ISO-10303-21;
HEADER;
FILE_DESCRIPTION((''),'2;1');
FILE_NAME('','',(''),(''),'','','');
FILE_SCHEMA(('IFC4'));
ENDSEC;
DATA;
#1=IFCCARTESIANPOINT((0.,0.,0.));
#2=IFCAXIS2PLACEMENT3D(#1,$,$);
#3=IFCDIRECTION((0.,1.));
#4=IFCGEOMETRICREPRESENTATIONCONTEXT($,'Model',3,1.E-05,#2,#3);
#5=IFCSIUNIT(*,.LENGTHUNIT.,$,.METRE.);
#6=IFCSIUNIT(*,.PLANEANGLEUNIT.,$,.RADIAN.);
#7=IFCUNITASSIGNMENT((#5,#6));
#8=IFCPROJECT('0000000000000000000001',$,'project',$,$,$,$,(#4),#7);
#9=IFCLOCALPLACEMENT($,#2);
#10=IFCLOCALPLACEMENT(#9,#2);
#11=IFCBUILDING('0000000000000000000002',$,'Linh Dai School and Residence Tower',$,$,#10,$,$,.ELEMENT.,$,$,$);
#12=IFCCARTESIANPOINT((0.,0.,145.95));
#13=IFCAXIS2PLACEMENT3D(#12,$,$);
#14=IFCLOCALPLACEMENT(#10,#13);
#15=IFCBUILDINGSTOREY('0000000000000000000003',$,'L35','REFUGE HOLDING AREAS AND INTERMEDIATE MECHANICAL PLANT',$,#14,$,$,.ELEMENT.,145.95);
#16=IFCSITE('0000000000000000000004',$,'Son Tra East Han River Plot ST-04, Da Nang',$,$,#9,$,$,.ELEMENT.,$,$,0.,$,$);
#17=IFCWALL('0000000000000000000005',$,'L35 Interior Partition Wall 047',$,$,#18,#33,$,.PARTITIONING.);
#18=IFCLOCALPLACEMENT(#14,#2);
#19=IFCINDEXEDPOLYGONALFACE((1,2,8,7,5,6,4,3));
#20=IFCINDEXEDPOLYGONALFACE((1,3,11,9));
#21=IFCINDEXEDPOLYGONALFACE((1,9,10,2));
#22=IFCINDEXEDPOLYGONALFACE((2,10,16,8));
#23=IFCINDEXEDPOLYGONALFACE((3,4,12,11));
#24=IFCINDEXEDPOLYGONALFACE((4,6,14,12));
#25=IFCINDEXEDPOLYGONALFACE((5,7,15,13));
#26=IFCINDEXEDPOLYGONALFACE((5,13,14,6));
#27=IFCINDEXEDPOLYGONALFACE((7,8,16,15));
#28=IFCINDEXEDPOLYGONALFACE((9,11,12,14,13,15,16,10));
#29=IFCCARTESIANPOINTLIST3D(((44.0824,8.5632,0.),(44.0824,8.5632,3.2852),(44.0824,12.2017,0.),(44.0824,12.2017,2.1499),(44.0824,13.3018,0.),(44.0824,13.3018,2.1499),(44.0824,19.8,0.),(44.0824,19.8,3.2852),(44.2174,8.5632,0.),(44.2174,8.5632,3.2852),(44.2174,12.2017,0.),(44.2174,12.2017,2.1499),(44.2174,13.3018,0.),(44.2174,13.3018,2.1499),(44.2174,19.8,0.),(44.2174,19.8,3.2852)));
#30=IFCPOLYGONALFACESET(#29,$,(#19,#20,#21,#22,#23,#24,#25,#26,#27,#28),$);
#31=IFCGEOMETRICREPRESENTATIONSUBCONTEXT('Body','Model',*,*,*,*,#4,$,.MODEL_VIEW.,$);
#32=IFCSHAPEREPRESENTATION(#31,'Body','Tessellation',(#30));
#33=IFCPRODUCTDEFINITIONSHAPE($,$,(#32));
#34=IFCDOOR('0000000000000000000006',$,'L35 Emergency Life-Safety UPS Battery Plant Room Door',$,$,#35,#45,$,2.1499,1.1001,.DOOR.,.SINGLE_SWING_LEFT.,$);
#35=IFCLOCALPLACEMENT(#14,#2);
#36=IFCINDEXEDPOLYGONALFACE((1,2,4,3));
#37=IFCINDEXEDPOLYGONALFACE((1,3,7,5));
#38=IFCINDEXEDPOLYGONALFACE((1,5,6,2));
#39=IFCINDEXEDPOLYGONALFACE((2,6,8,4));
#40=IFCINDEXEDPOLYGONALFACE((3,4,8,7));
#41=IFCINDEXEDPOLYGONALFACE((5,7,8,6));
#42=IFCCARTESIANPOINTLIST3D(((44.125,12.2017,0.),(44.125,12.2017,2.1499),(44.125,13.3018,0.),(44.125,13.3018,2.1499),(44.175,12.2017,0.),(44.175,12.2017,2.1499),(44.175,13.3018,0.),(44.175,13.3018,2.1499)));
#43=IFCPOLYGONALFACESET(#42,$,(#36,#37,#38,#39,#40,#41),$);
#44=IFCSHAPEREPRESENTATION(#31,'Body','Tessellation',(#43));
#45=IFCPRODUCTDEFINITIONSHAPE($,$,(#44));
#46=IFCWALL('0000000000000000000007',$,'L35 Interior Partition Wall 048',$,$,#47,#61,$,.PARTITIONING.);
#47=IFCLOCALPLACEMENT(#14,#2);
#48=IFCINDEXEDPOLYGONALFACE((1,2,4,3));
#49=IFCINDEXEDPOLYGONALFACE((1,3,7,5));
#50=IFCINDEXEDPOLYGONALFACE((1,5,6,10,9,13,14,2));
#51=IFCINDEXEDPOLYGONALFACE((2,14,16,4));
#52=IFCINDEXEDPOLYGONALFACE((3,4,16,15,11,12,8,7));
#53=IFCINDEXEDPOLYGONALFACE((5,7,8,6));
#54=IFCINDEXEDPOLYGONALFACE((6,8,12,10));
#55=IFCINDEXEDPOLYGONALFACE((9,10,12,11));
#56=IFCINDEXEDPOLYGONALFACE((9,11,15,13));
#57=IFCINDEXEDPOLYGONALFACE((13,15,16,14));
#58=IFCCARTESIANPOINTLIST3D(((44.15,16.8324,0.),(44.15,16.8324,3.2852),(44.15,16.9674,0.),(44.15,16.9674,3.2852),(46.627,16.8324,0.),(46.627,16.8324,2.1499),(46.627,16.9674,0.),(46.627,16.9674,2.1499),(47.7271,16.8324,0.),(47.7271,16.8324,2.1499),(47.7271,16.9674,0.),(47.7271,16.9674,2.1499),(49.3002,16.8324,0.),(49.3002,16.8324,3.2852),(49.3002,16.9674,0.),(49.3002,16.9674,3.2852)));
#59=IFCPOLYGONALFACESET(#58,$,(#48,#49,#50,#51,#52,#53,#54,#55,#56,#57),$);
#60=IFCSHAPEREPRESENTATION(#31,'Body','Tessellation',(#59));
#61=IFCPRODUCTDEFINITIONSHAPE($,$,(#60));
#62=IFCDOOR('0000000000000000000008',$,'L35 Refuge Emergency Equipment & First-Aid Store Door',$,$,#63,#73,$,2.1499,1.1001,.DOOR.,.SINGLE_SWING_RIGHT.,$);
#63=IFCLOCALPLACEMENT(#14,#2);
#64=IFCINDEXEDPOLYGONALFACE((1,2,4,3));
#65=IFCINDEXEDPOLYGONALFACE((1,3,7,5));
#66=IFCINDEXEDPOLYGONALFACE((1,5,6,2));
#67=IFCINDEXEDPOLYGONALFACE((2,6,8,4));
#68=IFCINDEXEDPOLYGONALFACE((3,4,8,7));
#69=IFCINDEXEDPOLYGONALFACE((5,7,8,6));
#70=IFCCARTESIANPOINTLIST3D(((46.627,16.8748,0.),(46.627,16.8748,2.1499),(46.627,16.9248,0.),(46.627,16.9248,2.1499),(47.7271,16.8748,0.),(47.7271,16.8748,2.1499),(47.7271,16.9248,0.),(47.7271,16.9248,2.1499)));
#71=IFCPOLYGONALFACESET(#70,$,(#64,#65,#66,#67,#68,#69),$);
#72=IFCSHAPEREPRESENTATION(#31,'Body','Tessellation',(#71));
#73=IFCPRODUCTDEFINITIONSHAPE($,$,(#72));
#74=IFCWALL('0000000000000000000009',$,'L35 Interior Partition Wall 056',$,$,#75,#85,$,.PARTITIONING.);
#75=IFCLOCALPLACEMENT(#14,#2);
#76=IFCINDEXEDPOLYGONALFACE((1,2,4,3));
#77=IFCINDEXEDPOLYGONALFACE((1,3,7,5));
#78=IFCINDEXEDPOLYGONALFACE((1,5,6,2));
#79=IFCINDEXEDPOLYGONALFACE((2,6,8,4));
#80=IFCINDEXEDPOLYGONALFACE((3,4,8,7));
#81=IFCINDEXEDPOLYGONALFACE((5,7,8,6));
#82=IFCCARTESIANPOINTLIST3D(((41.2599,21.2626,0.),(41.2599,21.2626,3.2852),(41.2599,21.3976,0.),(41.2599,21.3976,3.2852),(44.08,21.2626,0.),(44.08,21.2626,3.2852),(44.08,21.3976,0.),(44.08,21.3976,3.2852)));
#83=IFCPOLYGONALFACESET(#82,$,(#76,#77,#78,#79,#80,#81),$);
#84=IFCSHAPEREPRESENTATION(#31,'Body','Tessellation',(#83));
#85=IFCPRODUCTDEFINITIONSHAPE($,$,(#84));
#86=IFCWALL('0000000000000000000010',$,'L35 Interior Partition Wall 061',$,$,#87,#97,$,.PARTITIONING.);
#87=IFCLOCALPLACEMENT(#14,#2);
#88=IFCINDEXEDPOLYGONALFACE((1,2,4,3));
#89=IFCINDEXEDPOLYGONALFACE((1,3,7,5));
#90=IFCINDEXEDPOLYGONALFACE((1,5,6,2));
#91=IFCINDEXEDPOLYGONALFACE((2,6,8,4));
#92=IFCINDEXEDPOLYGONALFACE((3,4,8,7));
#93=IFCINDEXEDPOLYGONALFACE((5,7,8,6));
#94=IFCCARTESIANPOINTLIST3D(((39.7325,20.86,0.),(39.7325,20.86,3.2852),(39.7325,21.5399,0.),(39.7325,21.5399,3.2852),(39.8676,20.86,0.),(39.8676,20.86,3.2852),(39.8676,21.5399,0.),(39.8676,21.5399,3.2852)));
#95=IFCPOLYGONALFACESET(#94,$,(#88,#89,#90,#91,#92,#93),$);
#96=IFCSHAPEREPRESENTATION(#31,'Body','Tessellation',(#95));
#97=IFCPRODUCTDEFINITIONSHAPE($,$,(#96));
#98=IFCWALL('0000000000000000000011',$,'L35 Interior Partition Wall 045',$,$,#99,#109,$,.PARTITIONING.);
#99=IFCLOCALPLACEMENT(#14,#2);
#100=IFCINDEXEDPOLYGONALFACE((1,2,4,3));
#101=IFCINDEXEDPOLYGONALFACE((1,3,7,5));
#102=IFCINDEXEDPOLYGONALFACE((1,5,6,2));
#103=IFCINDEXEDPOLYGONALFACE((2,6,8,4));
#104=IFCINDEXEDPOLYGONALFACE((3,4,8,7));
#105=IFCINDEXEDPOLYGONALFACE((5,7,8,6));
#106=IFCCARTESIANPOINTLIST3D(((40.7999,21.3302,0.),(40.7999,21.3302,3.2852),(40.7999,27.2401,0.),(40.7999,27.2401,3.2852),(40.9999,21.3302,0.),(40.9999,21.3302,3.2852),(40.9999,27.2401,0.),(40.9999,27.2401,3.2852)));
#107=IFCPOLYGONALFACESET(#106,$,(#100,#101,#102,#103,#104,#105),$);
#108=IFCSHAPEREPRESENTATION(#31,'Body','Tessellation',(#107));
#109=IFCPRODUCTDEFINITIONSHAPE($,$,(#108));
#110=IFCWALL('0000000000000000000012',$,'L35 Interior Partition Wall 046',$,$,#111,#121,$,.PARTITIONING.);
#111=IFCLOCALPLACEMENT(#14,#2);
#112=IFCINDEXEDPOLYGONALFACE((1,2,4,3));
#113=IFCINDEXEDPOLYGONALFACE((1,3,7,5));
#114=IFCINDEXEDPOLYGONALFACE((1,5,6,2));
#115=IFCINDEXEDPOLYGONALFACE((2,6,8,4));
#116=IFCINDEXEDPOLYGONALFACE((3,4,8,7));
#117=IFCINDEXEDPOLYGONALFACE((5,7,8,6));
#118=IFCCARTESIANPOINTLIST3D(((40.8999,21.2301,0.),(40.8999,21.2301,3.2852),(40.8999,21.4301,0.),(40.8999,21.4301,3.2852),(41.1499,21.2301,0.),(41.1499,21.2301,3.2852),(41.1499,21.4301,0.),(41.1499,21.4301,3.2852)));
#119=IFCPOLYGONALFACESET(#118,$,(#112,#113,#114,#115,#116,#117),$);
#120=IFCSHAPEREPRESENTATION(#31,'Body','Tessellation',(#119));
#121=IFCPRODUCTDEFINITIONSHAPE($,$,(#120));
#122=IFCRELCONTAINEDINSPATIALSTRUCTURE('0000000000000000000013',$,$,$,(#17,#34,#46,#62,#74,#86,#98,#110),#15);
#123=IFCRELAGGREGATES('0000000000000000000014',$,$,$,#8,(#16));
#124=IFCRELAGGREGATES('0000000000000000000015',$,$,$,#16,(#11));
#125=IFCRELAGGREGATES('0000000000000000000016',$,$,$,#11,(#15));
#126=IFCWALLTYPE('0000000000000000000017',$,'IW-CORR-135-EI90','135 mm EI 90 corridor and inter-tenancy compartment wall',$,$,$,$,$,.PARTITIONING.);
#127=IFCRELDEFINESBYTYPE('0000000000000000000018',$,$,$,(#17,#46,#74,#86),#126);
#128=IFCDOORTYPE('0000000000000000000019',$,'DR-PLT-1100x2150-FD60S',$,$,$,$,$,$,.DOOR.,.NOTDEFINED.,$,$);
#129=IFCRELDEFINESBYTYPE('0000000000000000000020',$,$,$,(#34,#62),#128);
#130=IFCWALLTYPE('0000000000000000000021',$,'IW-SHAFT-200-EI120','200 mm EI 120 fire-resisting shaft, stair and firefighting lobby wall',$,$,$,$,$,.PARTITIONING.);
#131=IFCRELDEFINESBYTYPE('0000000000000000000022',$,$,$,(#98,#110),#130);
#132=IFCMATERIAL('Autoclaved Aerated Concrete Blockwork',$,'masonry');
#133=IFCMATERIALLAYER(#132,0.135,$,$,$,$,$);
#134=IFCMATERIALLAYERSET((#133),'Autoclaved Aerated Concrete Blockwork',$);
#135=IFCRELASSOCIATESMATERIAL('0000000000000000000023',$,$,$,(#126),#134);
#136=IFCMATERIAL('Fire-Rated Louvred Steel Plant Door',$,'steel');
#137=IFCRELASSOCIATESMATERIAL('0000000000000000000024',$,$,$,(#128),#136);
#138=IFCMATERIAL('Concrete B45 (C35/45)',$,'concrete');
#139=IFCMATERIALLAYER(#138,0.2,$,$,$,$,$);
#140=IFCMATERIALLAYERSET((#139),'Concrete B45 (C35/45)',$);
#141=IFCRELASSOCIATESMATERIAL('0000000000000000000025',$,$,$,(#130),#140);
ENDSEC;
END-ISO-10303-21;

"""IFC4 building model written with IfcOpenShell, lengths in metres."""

from ifc_helpers import new_model, si_unit, direction, frame, frame_2d, origin, origin_2d, place, context, subcontext, project, spatial, rectangle, extrude, source, transform, mapped, material, layer, layer_set, type_object, element, fill, save


model = new_model("IFC4")

# Units and contexts
model_context = context("Model", 3, precision=1e-05, world=origin(), true_north=direction((0.0, 1.0)))
body_context = subcontext(model_context, "Body", "Model", "MODEL_VIEW")
ifc_project = project(units=[si_unit("LENGTHUNIT", "METRE"), si_unit("PLANEANGLEUNIT", "RADIAN")], contexts=[model_context])

# Site, building, storey
site_placement = place(None, origin())
site = spatial("IfcSite", under=ifc_project, at=site_placement, Name="Son Tra East Han River Plot ST-04, Da Nang", CompositionType="ELEMENT", RefElevation=0.0)
building_placement = place(site_placement, origin())
building = spatial("IfcBuilding", under=site, at=building_placement, Name="Linh Dai School and Residence Tower", CompositionType="ELEMENT")
storey_placement = place(building_placement, frame((0.0, 0.0, 145.95)))
storey = spatial("IfcBuildingStorey", under=building, at=storey_placement, Name="L35", Description="REFUGE HOLDING AREAS AND INTERMEDIATE MECHANICAL PLANT", CompositionType="ELEMENT", Elevation=145.95)

# Walls, openings, doors
ifc_material_1 = material(Name="Autoclaved Aerated Concrete Blockwork", Category="masonry")
ifc_layer_1 = layer(ifc_material_1, 0.135)
ifc_layer_set_1 = layer_set([ifc_layer_1], Name="Autoclaved Aerated Concrete Blockwork")
wall_type_1 = type_object("IfcWallType", Name="IW-CORR-135-EI90", Description="135 mm EI 90 corridor and inter-tenancy compartment wall", PredefinedType="PARTITIONING", material=ifc_layer_set_1)
wall_1_placement = place(storey_placement, frame((44.1499, 8.5632, 0.0), z_axis=(0.0, 0.0, 1.0), x_axis=(0.0, 1.0, 0.0)))
wall_1 = element("IfcWall", 1, at=wall_1_placement, inside=storey, type_object=wall_type_1, Name="L35 Interior Partition Wall 047", PredefinedType="PARTITIONING", context=body_context, shape_type="SweptSolid", body=[
    extrude(rectangle(XDim=11.2368, YDim=0.135, at=frame_2d((5.6184, 0.0))), origin(), (0.0, 0.0, 1.0), 3.2852),
])
opening_1_placement = place(wall_1_placement, frame((3.6384, 0.0, 0.0)))
opening_1 = element("IfcOpeningElement", 2, at=opening_1_placement, cuts=wall_1, PredefinedType="OPENING", context=body_context, shape_type="SweptSolid", body=[
    extrude(rectangle(XDim=1.1001, YDim=2.1499, at=origin_2d()), frame((0.55, 0.0776, 1.075), z_axis=(0.0, -1.0, 0.0), x_axis=(1.0, 0.0, 0.0)), (0.0, 0.0, 1.0), 0.155),
])
ifc_material_2 = material(Name="Fire-Rated Louvred Steel Plant Door", Category="steel")
door_type_1 = type_object("IfcDoorType", Name="DR-PLT-1100x2150-FD60S", OperationType="NOTDEFINED", PredefinedType="DOOR", material=ifc_material_2)
shared_shape_1 = source(origin(), body_context, "Body", "SweptSolid", [
    extrude(rectangle(XDim=1.1001, YDim=2.1499, at=origin_2d()), frame((0.55, 0.0249, 1.075), z_axis=(0.0, -1.0, 0.0), x_axis=(1.0, 0.0, 0.0)), (0.0, 0.0, 1.0), 0.05),
])
door_1_placement = place(opening_1_placement, origin())
door_1 = element("IfcDoor", 3, at=door_1_placement, inside=storey, type_object=door_type_1, Name="L35 Emergency Life-Safety UPS Battery Plant Room Door", OperationType="SINGLE_SWING_LEFT", OverallHeight=2.1499, OverallWidth=1.1001, PredefinedType="DOOR", context=body_context, shape_type="MappedRepresentation", body=[
    mapped(shared_shape_1, transform((0.0, 0.0, 0.0), x_axis=(1.0, 0.0, 0.0), y_axis=(0.0, 1.0, 0.0), z_axis=(0.0, 0.0, 1.0), scale=1.0)),
])
fill(opening_1, door_1)
wall_2_placement = place(storey_placement, frame((44.1499, 16.8999, 0.0), z_axis=(0.0, 0.0, 1.0), x_axis=(1.0, 0.0, 0.0)))
wall_2 = element("IfcWall", 4, at=wall_2_placement, inside=storey, type_object=wall_type_1, Name="L35 Interior Partition Wall 048", PredefinedType="PARTITIONING", context=body_context, shape_type="SweptSolid", body=[
    extrude(rectangle(XDim=5.1501, YDim=0.135, at=frame_2d((2.5752, 0.0))), origin(), (0.0, 0.0, 1.0), 3.2852),
])
opening_2_placement = place(wall_2_placement, frame((2.4771, 0.0, 0.0)))
opening_2 = element("IfcOpeningElement", 5, at=opening_2_placement, cuts=wall_2, PredefinedType="OPENING", context=body_context, shape_type="SweptSolid", body=[
    extrude(rectangle(XDim=1.1001, YDim=2.1499, at=origin_2d()), frame((0.55, 0.0776, 1.075), z_axis=(0.0, -1.0, 0.0), x_axis=(1.0, 0.0, 0.0)), (0.0, 0.0, 1.0), 0.155),
])
door_2_placement = place(opening_2_placement, origin())
door_2 = element("IfcDoor", 6, at=door_2_placement, inside=storey, type_object=door_type_1, Name="L35 Refuge Emergency Equipment & First-Aid Store Door", OperationType="SINGLE_SWING_RIGHT", OverallHeight=2.1499, OverallWidth=1.1001, PredefinedType="DOOR", context=body_context, shape_type="MappedRepresentation", body=[
    mapped(shared_shape_1, transform((0.0, 0.0, 0.0), x_axis=(1.0, 0.0, 0.0), y_axis=(0.0, 1.0, 0.0), z_axis=(0.0, 0.0, 1.0), scale=1.0)),
])
fill(opening_2, door_2)

# Walls
wall_3_placement = place(storey_placement, frame((44.0801, 21.3301, 0.0), z_axis=(0.0, 0.0, 1.0), x_axis=(-1.0, 0.0, 0.0)))
element("IfcWall", 7, at=wall_3_placement, inside=storey, type_object=wall_type_1, Name="L35 Interior Partition Wall 056", PredefinedType="PARTITIONING", context=body_context, shape_type="SweptSolid", body=[
    extrude(rectangle(XDim=2.8201, YDim=0.135, at=frame_2d((1.4102, 0.0))), origin(), (0.0, 0.0, 1.0), 3.2852),
])
wall_4_placement = place(storey_placement, frame((39.8, 20.8601, 0.0), z_axis=(0.0, 0.0, 1.0), x_axis=(0.0, 1.0, 0.0)))
element("IfcWall", 8, at=wall_4_placement, inside=storey, type_object=wall_type_1, Name="L35 Interior Partition Wall 061", PredefinedType="PARTITIONING", context=body_context, shape_type="SweptSolid", body=[
    extrude(rectangle(XDim=0.6799, YDim=0.135, at=frame_2d((0.3398, 0.0))), origin(), (0.0, 0.0, 1.0), 3.2852),
])
ifc_material_3 = material(Name="Concrete B45 (C35/45)", Category="concrete")
ifc_layer_2 = layer(ifc_material_3, 0.2)
ifc_layer_set_2 = layer_set([ifc_layer_2], Name="Concrete B45 (C35/45)")
wall_type_2 = type_object("IfcWallType", Name="IW-SHAFT-200-EI120", Description="200 mm EI 120 fire-resisting shaft, stair and firefighting lobby wall", PredefinedType="PARTITIONING", material=ifc_layer_set_2)
wall_5_placement = place(storey_placement, frame((40.8999, 21.3301, 0.0), z_axis=(0.0, 0.0, 1.0), x_axis=(0.0, 1.0, 0.0)))
element("IfcWall", 9, at=wall_5_placement, inside=storey, type_object=wall_type_2, Name="L35 Interior Partition Wall 045", PredefinedType="PARTITIONING", context=body_context, shape_type="SweptSolid", body=[
    extrude(rectangle(XDim=5.9099, YDim=0.2, at=frame_2d((2.9551, 0.0))), origin(), (0.0, 0.0, 1.0), 3.2852),
])
wall_6_placement = place(storey_placement, frame((40.8999, 21.3301, 0.0), z_axis=(0.0, 0.0, 1.0), x_axis=(1.0, 0.0, 0.0)))
element("IfcWall", 10, at=wall_6_placement, inside=storey, type_object=wall_type_2, Name="L35 Interior Partition Wall 046", PredefinedType="PARTITIONING", context=body_context, shape_type="SweptSolid", body=[
    extrude(rectangle(XDim=0.25, YDim=0.2, at=frame_2d((0.125, 0.0))), origin(), (0.0, 0.0, 1.0), 3.2852),
])

save(model, "model.ifc")
